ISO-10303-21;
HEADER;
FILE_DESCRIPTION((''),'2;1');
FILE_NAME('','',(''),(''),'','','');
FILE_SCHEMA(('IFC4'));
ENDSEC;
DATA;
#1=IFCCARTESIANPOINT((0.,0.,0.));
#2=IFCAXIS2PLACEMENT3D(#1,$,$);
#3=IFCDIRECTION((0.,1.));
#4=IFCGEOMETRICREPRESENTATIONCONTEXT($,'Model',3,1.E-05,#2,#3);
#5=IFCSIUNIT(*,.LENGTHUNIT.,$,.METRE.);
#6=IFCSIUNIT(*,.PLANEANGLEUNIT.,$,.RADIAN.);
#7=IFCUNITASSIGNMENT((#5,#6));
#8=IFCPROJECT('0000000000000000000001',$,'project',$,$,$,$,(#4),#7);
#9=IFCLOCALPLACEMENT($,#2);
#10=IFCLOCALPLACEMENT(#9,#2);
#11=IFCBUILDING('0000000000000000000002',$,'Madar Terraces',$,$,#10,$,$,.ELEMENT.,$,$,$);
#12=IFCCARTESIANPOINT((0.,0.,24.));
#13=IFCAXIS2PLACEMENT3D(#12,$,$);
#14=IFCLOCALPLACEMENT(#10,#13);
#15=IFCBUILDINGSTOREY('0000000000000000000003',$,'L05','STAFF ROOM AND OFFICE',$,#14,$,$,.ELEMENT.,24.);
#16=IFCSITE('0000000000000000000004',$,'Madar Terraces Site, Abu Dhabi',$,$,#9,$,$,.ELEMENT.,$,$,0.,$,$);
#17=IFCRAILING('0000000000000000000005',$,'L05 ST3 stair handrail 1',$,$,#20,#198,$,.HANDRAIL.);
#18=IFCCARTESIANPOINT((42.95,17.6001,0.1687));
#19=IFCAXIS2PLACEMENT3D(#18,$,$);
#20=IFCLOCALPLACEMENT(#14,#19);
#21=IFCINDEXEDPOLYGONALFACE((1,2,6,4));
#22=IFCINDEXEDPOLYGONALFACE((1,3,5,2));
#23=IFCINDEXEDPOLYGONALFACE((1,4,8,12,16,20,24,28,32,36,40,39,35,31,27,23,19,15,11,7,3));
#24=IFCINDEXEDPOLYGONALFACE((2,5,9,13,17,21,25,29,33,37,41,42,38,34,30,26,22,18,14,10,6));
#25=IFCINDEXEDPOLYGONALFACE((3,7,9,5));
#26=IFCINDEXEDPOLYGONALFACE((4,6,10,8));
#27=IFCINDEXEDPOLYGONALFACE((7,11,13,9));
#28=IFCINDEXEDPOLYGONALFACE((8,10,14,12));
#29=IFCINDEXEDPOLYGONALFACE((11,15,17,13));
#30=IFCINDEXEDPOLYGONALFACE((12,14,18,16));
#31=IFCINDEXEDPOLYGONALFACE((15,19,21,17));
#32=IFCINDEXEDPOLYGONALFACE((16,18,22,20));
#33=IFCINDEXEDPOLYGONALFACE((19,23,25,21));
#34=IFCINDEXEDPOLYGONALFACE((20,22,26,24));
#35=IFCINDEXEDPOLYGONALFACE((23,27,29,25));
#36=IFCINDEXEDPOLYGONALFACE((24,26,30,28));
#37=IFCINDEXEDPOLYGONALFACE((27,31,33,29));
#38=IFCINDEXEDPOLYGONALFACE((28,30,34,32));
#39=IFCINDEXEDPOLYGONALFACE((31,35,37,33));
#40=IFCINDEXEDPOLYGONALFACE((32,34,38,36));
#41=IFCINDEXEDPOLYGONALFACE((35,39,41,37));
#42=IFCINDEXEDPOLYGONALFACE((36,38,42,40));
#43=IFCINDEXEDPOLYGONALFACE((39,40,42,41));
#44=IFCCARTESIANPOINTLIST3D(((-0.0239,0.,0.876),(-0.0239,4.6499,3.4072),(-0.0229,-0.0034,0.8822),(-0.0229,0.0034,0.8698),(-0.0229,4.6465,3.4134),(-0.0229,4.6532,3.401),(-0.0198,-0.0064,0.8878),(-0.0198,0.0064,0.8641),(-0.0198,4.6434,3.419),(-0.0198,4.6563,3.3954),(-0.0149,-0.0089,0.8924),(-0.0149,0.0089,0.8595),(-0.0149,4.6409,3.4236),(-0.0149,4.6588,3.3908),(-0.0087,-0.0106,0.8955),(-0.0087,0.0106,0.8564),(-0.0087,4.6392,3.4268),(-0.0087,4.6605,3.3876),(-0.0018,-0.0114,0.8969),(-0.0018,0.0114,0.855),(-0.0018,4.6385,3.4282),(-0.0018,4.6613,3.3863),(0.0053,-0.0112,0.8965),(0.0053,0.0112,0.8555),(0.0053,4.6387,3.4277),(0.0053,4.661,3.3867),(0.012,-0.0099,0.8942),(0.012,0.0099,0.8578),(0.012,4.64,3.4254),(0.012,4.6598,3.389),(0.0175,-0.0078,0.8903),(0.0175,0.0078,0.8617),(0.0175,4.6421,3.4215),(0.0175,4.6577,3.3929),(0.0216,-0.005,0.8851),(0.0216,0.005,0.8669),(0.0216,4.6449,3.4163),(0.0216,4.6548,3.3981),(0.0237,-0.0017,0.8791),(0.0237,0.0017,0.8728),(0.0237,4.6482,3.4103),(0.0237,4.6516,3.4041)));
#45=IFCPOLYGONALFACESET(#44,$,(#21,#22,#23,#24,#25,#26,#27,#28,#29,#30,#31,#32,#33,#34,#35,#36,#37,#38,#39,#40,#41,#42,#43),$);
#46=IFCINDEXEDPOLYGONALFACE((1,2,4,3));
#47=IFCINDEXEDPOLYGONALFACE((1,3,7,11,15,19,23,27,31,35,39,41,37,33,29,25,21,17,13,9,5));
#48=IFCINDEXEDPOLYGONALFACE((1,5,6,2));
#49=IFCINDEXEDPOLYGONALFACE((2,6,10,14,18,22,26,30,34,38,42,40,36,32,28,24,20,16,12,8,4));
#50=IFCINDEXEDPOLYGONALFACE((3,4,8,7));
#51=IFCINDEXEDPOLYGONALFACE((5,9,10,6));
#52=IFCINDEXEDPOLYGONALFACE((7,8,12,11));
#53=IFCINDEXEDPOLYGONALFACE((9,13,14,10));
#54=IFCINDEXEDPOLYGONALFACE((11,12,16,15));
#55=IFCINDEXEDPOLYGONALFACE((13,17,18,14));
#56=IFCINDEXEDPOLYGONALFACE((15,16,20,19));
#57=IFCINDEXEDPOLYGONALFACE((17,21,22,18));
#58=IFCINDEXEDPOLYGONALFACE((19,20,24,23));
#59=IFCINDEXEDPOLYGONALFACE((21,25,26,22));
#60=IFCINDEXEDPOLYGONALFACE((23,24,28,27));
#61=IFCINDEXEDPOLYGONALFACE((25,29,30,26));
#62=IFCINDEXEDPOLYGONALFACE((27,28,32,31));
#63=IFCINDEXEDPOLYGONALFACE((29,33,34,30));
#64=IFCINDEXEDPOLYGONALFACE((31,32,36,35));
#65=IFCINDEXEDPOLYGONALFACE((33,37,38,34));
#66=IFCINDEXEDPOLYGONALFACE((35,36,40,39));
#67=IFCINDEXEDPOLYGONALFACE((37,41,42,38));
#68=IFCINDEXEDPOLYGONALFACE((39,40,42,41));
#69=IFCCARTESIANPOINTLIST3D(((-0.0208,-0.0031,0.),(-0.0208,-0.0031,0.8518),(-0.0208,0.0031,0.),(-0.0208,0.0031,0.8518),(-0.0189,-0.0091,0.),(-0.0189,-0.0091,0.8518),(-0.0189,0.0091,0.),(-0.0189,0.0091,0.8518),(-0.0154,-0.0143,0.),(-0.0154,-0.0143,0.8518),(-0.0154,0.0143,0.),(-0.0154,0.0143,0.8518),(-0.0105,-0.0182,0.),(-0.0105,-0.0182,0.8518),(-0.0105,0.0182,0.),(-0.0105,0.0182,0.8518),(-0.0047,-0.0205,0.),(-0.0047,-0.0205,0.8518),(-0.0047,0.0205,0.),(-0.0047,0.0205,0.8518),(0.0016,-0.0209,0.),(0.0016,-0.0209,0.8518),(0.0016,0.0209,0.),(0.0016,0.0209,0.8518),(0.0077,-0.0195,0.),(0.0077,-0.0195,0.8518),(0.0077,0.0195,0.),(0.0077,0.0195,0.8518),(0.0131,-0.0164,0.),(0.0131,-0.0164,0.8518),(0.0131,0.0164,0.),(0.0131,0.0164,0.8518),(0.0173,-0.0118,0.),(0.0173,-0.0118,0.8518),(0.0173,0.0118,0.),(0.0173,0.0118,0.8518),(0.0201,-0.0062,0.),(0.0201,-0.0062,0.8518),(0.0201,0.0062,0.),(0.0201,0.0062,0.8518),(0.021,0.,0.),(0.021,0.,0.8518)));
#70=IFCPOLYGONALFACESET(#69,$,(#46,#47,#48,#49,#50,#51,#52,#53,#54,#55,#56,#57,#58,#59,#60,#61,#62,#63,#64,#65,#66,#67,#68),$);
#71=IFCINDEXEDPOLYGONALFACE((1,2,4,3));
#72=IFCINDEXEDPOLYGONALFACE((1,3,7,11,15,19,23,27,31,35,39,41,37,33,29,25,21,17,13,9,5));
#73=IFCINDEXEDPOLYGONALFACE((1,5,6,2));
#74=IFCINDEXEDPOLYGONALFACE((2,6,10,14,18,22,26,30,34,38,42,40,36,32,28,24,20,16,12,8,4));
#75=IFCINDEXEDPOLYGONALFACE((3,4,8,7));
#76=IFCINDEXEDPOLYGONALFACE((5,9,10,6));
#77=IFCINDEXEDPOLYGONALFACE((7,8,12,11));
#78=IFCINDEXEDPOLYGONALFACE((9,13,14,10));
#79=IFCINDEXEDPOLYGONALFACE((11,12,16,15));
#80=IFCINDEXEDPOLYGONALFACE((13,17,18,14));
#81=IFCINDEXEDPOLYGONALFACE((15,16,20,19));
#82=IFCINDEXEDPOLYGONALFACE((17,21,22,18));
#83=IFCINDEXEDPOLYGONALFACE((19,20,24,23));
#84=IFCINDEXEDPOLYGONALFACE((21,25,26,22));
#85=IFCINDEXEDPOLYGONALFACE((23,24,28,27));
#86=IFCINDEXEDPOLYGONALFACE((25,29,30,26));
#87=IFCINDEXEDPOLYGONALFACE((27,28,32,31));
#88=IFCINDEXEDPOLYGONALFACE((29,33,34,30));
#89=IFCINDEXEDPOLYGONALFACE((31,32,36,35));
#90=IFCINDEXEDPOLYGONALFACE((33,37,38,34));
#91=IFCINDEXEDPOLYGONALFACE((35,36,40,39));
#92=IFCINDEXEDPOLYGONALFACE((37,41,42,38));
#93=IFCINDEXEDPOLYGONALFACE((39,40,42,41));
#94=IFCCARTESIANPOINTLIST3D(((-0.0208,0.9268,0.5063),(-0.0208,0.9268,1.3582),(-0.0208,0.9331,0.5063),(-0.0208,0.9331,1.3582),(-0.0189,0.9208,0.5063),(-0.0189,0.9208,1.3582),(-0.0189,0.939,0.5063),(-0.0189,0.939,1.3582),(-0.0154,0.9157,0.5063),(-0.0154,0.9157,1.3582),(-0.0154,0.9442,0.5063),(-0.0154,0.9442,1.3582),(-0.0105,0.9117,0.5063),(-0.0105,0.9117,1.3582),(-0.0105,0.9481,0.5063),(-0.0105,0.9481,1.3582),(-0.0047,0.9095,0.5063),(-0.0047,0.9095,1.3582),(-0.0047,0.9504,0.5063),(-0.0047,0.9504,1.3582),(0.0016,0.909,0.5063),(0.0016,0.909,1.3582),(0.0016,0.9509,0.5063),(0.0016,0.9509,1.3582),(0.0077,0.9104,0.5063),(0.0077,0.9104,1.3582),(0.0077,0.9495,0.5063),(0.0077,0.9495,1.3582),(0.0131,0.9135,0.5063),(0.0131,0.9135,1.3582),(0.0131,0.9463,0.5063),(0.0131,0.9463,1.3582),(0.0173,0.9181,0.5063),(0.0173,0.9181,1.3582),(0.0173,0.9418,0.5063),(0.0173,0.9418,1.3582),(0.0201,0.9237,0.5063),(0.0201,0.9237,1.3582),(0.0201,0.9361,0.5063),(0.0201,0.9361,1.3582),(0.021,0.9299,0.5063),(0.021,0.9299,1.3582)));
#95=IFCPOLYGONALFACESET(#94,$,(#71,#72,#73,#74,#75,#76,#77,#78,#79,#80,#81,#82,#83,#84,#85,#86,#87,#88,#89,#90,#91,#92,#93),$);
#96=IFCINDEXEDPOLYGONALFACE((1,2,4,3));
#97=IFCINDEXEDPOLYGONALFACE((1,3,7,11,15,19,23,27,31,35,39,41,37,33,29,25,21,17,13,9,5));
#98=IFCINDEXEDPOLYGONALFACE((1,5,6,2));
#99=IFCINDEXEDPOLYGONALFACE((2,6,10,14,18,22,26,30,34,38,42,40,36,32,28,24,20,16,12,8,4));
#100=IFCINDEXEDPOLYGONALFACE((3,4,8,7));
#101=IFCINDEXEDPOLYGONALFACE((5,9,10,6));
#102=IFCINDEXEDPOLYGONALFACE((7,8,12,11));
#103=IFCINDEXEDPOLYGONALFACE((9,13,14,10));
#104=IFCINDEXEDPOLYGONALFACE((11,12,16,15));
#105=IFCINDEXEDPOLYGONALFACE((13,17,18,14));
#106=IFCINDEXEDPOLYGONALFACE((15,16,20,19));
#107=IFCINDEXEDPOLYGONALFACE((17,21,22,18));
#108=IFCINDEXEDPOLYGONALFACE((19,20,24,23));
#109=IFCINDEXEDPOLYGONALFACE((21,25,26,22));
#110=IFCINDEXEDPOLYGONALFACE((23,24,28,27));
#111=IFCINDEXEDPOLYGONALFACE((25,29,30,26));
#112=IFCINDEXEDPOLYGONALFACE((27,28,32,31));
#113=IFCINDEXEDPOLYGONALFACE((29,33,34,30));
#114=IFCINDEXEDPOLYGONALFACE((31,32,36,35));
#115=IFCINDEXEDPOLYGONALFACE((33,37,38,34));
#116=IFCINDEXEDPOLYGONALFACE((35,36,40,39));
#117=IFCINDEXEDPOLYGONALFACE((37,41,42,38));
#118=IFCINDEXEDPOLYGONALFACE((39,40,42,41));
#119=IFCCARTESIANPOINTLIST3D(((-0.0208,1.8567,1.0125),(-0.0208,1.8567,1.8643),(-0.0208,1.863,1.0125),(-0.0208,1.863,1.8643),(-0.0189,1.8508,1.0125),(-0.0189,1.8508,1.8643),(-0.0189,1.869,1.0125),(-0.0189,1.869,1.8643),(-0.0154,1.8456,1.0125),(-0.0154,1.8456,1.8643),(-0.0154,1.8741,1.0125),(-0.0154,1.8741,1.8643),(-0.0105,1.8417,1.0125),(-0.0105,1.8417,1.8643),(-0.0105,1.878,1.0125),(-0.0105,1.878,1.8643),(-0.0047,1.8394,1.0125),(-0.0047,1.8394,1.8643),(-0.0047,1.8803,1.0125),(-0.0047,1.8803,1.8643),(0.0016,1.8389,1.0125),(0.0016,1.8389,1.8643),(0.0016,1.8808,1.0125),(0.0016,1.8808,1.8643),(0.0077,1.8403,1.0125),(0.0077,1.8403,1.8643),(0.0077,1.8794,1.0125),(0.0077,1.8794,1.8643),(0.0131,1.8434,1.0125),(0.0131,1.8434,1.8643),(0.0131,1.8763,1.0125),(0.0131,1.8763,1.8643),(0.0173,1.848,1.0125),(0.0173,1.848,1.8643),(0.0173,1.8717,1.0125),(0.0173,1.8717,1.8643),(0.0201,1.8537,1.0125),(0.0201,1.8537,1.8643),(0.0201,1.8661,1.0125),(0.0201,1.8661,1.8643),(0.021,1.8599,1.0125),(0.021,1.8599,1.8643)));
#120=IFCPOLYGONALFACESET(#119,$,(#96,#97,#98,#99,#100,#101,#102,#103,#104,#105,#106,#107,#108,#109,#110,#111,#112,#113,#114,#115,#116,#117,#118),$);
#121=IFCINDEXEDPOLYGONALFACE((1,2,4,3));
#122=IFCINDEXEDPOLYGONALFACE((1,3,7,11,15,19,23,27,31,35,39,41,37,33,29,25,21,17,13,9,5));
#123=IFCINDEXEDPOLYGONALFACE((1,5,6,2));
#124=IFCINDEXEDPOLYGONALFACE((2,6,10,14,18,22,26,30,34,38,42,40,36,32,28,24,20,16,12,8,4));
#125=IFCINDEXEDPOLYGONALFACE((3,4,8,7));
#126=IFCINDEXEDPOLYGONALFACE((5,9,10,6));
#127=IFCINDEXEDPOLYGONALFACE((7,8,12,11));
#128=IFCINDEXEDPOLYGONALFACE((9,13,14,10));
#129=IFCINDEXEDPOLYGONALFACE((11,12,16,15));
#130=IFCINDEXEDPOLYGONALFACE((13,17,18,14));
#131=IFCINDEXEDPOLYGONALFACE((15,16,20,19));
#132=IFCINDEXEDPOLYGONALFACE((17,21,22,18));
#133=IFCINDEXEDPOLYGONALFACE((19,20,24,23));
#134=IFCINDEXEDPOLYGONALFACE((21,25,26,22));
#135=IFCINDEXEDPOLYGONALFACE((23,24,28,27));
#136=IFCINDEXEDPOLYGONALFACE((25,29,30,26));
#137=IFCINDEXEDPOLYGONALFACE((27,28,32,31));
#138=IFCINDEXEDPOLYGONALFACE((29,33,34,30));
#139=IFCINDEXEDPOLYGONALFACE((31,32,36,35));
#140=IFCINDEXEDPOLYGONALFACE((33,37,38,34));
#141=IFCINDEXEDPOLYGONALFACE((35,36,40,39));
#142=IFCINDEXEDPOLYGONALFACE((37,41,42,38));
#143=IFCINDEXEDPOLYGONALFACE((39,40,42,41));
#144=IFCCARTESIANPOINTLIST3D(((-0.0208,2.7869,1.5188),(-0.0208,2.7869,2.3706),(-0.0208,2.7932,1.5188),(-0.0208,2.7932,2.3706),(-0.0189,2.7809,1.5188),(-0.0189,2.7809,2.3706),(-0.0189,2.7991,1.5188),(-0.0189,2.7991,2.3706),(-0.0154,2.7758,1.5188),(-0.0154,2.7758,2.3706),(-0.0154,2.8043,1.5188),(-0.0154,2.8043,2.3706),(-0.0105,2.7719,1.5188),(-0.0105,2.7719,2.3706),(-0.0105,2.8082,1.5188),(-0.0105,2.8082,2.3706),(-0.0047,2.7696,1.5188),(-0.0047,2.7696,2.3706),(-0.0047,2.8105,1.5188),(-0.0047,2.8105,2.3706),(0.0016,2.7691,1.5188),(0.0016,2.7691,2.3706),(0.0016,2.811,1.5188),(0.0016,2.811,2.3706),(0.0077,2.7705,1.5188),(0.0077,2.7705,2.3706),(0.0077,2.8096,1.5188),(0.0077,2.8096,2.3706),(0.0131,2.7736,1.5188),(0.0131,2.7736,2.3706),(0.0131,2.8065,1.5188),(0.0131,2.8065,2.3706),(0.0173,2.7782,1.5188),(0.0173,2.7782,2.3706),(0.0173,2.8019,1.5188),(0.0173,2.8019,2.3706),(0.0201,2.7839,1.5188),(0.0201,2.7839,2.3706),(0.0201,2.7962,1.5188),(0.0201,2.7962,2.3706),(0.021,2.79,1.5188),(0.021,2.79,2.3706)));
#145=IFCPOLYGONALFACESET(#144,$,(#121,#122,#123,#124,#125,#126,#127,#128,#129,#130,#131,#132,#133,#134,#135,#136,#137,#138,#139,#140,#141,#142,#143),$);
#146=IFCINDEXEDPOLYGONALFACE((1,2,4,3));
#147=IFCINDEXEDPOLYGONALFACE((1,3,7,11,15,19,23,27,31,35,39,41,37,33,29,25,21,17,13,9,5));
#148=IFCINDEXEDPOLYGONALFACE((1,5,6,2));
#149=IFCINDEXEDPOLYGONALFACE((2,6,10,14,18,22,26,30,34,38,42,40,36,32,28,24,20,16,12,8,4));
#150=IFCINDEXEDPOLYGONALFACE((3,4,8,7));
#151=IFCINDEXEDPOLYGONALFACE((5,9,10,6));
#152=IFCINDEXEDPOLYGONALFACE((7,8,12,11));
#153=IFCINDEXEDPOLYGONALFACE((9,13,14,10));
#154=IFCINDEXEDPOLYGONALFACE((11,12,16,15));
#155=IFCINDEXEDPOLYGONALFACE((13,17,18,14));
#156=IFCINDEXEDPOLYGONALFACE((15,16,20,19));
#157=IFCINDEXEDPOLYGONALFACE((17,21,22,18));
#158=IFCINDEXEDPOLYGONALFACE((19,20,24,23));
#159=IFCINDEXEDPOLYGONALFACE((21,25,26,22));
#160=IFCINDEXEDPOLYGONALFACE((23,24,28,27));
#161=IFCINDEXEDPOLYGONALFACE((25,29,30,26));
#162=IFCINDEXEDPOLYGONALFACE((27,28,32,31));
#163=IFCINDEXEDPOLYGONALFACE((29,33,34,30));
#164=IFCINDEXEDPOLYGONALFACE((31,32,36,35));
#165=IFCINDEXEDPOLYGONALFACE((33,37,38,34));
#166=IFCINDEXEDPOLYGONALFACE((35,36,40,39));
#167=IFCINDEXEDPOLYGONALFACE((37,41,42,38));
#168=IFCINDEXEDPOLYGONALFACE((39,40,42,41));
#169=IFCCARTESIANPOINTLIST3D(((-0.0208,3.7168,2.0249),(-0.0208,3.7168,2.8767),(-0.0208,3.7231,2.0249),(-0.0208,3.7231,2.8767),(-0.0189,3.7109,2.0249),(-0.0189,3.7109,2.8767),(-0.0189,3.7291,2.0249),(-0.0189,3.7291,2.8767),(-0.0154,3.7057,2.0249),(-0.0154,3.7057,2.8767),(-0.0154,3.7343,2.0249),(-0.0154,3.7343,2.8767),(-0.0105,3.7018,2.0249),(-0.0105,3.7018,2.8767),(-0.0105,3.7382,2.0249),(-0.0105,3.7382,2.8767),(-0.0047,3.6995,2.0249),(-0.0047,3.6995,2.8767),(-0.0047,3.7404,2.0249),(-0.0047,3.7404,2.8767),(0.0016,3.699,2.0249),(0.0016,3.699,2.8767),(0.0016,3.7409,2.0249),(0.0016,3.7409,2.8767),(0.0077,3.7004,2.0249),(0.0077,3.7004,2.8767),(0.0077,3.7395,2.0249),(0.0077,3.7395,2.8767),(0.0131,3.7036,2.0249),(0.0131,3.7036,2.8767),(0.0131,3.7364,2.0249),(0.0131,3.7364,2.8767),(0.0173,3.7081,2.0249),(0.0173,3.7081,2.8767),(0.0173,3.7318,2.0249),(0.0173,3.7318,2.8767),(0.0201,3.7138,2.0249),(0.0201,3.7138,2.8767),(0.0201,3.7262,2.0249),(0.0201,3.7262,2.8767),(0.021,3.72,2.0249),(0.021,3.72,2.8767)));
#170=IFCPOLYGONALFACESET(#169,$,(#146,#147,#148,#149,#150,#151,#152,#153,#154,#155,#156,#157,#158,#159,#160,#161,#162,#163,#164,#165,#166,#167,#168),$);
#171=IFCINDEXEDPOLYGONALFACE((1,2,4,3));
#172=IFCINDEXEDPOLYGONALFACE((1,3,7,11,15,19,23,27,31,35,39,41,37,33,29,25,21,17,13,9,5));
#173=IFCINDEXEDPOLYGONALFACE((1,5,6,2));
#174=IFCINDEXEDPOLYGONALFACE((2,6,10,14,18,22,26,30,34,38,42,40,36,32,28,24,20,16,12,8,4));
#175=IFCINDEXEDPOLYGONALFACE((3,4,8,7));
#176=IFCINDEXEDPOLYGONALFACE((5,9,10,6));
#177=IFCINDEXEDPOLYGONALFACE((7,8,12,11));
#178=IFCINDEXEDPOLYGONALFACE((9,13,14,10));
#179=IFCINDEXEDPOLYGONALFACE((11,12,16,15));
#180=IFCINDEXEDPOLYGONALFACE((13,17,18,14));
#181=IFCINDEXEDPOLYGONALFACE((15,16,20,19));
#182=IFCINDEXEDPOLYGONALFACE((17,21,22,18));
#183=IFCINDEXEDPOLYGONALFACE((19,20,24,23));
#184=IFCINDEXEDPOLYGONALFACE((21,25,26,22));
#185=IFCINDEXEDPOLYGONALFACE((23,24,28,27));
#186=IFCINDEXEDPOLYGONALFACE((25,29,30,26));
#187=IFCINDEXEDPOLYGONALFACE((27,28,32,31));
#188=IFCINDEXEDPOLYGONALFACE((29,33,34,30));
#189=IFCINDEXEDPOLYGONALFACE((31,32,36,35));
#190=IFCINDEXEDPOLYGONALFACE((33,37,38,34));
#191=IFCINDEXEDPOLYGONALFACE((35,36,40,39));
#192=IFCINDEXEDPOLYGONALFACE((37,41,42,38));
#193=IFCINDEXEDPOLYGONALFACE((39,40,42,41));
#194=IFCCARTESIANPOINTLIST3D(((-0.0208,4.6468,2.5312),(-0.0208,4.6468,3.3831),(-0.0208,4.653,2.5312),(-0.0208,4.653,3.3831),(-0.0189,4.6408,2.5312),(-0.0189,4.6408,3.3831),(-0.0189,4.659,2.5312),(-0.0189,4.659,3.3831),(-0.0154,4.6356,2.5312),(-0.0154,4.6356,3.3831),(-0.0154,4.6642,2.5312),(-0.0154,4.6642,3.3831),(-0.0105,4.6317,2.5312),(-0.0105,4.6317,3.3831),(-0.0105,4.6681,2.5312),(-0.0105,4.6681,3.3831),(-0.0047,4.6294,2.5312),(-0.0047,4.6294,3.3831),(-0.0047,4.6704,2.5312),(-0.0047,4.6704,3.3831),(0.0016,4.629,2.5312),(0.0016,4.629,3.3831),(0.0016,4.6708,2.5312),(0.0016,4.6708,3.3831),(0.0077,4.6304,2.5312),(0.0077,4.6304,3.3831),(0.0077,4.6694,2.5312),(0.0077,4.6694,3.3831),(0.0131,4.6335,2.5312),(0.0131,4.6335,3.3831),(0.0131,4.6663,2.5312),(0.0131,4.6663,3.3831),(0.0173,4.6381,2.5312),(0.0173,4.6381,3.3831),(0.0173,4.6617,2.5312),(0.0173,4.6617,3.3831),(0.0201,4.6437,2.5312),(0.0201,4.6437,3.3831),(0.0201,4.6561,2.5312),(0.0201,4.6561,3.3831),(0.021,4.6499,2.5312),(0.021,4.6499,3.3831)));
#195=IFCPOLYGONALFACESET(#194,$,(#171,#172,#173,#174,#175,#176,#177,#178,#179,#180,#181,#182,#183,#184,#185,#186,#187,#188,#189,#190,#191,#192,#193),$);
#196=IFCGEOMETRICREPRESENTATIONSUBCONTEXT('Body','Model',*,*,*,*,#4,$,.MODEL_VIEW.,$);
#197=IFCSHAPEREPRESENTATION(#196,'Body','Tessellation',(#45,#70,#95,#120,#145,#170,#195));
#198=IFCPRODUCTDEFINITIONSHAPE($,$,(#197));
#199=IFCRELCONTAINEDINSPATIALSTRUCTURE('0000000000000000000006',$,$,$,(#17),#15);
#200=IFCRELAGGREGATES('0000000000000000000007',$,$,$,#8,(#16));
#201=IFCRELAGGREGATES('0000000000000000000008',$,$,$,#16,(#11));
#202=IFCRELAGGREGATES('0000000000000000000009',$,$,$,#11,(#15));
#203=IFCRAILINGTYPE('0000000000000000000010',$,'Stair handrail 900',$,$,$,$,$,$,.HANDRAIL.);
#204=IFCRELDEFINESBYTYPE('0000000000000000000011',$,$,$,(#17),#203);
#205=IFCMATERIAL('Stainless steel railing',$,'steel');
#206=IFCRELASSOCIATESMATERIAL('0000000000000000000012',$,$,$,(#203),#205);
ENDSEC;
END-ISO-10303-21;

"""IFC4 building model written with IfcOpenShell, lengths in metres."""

from ifc_helpers import new_model, si_unit, direction, frame, origin, origin_2d, place, context, subcontext, project, spatial, circle, extrude, material, type_object, element, save


model = new_model("IFC4")

# Units and contexts
model_context = context("Model", 3, precision=1e-05, world=origin(), true_north=direction((0.0, 1.0)))
body_context = subcontext(model_context, "Body", "Model", "MODEL_VIEW")
ifc_project = project(units=[si_unit("LENGTHUNIT", "METRE"), si_unit("PLANEANGLEUNIT", "RADIAN")], contexts=[model_context])

# Site, building, storey
site_placement = place(None, origin())
site = spatial("IfcSite", under=ifc_project, at=site_placement, Name="Madar Terraces Site, Abu Dhabi", CompositionType="ELEMENT", RefElevation=0.0)
building_placement = place(site_placement, origin())
building = spatial("IfcBuilding", under=site, at=building_placement, Name="Madar Terraces", CompositionType="ELEMENT")
storey_placement = place(building_placement, frame((0.0, 0.0, 24.0)))
storey = spatial("IfcBuildingStorey", under=building, at=storey_placement, Name="L05", Description="STAFF ROOM AND OFFICE", CompositionType="ELEMENT", Elevation=24.0)

# Railing
ifc_material_1 = material(Name="Stainless steel railing", Category="steel")
railing_type_1 = type_object("IfcRailingType", Name="Stair handrail 900", PredefinedType="HANDRAIL", material=ifc_material_1)
railing_1_placement = place(storey_placement, frame((42.95, 17.6001, 0.1687)))
element("IfcRailing", 1, at=railing_1_placement, inside=storey, type_object=railing_type_1, Name="L05 ST3 stair handrail 1", PredefinedType="HANDRAIL", context=body_context, shape_type="SweptSolid", body=[
    extrude(circle(Radius=0.0239, at=origin_2d()), frame((0.0, 0.0, 0.876), z_axis=(0.0, 0.878297, 0.478115), x_axis=(-1.0, 0.0, 0.0)), (0.0, 0.0, 1.0), 5.2942),
    extrude(circle(Radius=0.021, at=origin_2d()), origin(), (0.0, 0.0, 1.0), 0.8518),
    extrude(circle(Radius=0.021, at=origin_2d()), frame((0.0, 0.9299, 0.5063)), (0.0, 0.0, 1.0), 0.8518),
    extrude(circle(Radius=0.021, at=origin_2d()), frame((0.0, 1.8599, 1.0125)), (0.0, 0.0, 1.0), 0.8518),
    extrude(circle(Radius=0.021, at=origin_2d()), frame((0.0, 2.79, 1.5188)), (0.0, 0.0, 1.0), 0.8518),
    extrude(circle(Radius=0.021, at=origin_2d()), frame((0.0, 3.72, 2.0249)), (0.0, 0.0, 1.0), 0.8518),
    extrude(circle(Radius=0.021, at=origin_2d()), frame((0.0, 4.6499, 2.5312)), (0.0, 0.0, 1.0), 0.8518),
])

save(model, "model.ifc")
